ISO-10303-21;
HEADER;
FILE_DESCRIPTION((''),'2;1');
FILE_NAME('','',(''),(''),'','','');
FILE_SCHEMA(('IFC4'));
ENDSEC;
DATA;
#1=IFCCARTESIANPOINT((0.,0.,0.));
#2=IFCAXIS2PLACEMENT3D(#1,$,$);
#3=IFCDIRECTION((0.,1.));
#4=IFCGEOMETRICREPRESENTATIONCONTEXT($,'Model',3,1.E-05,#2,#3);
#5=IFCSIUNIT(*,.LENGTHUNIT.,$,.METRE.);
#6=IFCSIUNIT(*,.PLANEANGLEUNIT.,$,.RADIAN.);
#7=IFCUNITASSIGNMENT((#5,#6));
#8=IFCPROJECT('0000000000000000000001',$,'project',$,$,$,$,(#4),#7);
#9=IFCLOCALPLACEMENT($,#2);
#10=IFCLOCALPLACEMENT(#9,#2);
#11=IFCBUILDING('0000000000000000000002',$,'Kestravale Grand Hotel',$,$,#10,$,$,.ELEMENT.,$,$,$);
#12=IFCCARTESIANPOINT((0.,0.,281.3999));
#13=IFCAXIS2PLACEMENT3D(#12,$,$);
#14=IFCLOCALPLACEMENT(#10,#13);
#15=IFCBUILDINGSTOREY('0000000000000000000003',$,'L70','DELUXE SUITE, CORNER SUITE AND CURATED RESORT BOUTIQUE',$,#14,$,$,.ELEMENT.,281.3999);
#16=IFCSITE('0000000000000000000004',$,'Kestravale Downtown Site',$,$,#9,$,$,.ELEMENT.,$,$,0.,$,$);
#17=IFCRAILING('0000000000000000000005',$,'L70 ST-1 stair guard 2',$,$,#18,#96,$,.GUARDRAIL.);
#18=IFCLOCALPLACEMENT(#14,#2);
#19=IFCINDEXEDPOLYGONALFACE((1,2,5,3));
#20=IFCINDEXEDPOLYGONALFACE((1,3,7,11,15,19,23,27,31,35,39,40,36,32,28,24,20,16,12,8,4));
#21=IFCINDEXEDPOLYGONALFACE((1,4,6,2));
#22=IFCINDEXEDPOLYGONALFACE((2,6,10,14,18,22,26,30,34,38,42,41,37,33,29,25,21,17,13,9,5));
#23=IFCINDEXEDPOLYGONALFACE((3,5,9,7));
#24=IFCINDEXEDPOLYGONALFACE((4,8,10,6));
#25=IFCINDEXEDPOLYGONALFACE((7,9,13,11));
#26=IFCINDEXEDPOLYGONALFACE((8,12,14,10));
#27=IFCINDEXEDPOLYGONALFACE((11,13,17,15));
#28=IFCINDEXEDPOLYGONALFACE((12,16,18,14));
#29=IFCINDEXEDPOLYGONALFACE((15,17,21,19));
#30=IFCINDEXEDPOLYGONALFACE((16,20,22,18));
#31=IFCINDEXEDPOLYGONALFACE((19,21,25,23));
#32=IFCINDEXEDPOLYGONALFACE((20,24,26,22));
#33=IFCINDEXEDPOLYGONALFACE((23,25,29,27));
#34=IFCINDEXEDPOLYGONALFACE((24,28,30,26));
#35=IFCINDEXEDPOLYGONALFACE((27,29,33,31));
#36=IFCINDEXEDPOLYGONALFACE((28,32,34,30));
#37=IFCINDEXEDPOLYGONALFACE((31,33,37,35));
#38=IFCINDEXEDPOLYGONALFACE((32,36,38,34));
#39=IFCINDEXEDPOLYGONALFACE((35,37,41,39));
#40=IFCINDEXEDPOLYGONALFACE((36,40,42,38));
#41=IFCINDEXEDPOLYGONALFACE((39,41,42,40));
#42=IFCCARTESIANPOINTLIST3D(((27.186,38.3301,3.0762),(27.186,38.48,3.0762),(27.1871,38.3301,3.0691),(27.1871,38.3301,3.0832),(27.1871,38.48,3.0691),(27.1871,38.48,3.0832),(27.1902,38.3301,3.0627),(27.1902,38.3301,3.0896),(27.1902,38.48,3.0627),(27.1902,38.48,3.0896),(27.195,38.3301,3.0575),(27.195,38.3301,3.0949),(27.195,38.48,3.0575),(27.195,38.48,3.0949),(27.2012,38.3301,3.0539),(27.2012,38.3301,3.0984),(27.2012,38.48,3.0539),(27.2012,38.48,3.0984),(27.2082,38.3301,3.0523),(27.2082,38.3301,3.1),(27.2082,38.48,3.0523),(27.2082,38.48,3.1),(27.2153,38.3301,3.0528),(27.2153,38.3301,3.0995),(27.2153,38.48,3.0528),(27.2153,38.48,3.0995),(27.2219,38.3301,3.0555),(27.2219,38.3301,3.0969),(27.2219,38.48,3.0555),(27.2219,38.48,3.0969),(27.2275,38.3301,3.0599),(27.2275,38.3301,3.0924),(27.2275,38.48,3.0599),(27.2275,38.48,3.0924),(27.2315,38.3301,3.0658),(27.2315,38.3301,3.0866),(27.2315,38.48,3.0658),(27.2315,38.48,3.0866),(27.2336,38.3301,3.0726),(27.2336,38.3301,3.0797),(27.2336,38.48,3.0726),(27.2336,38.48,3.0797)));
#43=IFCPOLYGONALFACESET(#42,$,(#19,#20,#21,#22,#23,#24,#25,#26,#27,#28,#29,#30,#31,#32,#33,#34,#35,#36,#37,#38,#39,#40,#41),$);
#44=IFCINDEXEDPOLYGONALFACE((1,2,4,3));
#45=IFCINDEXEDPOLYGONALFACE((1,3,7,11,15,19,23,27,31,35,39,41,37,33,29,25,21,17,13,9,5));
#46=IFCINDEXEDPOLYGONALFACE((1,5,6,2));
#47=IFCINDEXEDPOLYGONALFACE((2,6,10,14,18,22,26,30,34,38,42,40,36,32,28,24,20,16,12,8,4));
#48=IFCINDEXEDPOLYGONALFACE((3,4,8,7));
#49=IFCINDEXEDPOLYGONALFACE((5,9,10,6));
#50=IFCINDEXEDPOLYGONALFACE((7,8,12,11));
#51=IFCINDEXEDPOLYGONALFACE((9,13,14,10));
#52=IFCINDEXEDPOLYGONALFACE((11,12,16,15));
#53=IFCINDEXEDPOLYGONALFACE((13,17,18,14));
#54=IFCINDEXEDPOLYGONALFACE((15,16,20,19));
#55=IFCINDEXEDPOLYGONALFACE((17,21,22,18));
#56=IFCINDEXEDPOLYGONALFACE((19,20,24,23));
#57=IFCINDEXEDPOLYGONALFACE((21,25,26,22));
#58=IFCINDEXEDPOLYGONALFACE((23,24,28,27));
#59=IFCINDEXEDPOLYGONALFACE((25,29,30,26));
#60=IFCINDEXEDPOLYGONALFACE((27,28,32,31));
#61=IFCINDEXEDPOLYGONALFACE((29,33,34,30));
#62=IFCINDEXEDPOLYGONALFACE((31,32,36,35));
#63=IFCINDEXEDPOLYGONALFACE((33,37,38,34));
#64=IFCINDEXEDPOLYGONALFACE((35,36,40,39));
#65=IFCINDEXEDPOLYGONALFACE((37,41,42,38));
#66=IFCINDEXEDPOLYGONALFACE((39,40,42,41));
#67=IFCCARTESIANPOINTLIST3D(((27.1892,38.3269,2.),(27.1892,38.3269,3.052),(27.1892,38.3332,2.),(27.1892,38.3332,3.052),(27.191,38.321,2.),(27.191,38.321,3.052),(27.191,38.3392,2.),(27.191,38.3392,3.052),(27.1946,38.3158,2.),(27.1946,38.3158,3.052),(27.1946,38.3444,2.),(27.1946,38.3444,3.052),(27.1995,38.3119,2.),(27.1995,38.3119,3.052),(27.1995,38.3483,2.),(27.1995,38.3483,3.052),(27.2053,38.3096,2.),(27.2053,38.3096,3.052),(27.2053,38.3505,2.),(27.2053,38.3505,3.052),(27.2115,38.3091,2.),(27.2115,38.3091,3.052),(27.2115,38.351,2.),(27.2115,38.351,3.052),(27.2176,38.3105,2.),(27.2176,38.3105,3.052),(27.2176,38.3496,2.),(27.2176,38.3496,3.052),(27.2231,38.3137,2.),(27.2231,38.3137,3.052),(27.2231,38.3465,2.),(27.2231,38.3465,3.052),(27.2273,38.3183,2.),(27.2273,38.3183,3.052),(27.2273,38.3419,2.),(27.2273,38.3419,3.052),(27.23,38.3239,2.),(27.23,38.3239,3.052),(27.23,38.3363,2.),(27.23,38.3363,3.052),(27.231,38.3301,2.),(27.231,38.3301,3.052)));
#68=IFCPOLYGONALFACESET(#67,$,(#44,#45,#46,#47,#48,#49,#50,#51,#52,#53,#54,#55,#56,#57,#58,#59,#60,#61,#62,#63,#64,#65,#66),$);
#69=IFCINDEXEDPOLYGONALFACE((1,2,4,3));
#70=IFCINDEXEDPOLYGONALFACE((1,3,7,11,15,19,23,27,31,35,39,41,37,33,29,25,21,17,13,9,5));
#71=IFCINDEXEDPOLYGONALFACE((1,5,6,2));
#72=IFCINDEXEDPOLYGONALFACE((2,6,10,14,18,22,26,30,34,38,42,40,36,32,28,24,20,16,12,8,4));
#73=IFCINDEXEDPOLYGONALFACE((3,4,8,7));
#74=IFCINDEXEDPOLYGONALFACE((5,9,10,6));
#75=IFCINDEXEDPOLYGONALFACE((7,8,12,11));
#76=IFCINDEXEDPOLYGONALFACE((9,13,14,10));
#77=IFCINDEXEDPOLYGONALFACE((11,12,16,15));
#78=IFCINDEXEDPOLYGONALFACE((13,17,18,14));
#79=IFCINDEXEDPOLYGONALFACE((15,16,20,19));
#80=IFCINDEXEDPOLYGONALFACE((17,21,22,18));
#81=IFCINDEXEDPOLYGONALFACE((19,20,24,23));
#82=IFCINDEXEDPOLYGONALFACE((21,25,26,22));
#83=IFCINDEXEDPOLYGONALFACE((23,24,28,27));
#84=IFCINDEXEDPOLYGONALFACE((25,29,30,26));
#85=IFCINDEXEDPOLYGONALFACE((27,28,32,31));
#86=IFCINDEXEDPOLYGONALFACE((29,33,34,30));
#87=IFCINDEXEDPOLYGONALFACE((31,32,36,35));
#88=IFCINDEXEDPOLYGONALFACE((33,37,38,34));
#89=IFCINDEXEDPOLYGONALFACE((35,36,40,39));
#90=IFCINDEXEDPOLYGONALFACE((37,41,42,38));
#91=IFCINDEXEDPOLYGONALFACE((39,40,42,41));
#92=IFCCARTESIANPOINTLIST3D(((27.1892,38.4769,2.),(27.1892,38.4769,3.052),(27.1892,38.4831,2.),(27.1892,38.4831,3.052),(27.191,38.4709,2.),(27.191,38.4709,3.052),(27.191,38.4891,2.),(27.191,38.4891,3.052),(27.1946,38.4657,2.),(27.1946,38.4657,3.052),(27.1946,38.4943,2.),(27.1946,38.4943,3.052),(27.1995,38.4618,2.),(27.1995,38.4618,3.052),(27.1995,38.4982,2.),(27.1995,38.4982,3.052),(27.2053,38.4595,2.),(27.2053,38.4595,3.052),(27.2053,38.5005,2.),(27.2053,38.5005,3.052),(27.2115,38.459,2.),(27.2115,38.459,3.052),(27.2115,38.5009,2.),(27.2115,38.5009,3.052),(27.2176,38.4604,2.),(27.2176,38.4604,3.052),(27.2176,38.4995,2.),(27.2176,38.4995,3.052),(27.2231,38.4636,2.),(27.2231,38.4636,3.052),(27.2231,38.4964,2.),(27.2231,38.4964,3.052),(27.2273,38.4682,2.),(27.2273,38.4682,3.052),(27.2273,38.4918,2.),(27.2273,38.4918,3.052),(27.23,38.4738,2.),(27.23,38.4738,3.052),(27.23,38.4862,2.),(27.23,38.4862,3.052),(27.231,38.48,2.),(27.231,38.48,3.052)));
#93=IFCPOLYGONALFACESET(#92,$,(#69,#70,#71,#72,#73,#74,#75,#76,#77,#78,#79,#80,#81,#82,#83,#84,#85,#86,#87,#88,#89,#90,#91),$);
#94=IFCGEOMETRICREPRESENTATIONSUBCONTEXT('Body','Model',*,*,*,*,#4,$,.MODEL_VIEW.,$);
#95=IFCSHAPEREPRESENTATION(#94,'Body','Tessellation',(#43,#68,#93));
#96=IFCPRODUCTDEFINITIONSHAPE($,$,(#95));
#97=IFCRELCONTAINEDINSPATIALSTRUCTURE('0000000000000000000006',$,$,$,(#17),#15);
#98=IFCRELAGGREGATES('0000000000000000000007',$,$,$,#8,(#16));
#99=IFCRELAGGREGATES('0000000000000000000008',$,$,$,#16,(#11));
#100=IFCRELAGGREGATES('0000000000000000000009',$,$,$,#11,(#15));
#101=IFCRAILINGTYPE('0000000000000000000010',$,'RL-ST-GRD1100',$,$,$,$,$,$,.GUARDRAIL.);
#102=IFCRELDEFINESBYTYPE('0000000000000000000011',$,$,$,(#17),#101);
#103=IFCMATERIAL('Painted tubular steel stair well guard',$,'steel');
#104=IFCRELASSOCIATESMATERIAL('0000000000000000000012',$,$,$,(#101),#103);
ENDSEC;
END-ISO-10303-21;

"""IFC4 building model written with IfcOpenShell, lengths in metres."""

from ifc_helpers import new_model, si_unit, direction, frame, origin, origin_2d, place, context, subcontext, project, spatial, circle, extrude, material, type_object, element, save


model = new_model("IFC4")

# Units and contexts
model_context = context("Model", 3, precision=1e-05, world=origin(), true_north=direction((0.0, 1.0)))
body_context = subcontext(model_context, "Body", "Model", "MODEL_VIEW")
ifc_project = project(units=[si_unit("LENGTHUNIT", "METRE"), si_unit("PLANEANGLEUNIT", "RADIAN")], contexts=[model_context])

# Site, building, storey
site_placement = place(None, origin())
site = spatial("IfcSite", under=ifc_project, at=site_placement, Name="Kestravale Downtown Site", CompositionType="ELEMENT", RefElevation=0.0)
building_placement = place(site_placement, origin())
building = spatial("IfcBuilding", under=site, at=building_placement, Name="Kestravale Grand Hotel", CompositionType="ELEMENT")
storey_placement = place(building_placement, frame((0.0, 0.0, 281.3999)))
storey = spatial("IfcBuildingStorey", under=building, at=storey_placement, Name="L70", Description="DELUXE SUITE, CORNER SUITE AND CURATED RESORT BOUTIQUE", CompositionType="ELEMENT", Elevation=281.3999)

# Railing
ifc_material_1 = material(Name="Painted tubular steel stair well guard", Category="steel")
railing_type_1 = type_object("IfcRailingType", Name="RL-ST-GRD1100", PredefinedType="GUARDRAIL", material=ifc_material_1)
railing_1_placement = place(storey_placement, frame((27.21, 38.3301, 2.0)))
element("IfcRailing", 1, at=railing_1_placement, inside=storey, type_object=railing_type_1, Name="L70 ST-1 stair guard 2", PredefinedType="GUARDRAIL", context=body_context, shape_type="SweptSolid", body=[
    extrude(circle(Radius=0.0239, at=origin_2d()), frame((0.0, 0.0, 1.0762), z_axis=(0.0, 1.0, 0.0), x_axis=(-1.0, 0.0, 0.0)), (0.0, 0.0, 1.0), 0.1499),
    extrude(circle(Radius=0.021, at=origin_2d()), origin(), (0.0, 0.0, 1.0), 1.052),
    extrude(circle(Radius=0.021, at=origin_2d()), frame((0.0, 0.1499, 0.0)), (0.0, 0.0, 1.0), 1.052),
])

save(model, "model.ifc")
